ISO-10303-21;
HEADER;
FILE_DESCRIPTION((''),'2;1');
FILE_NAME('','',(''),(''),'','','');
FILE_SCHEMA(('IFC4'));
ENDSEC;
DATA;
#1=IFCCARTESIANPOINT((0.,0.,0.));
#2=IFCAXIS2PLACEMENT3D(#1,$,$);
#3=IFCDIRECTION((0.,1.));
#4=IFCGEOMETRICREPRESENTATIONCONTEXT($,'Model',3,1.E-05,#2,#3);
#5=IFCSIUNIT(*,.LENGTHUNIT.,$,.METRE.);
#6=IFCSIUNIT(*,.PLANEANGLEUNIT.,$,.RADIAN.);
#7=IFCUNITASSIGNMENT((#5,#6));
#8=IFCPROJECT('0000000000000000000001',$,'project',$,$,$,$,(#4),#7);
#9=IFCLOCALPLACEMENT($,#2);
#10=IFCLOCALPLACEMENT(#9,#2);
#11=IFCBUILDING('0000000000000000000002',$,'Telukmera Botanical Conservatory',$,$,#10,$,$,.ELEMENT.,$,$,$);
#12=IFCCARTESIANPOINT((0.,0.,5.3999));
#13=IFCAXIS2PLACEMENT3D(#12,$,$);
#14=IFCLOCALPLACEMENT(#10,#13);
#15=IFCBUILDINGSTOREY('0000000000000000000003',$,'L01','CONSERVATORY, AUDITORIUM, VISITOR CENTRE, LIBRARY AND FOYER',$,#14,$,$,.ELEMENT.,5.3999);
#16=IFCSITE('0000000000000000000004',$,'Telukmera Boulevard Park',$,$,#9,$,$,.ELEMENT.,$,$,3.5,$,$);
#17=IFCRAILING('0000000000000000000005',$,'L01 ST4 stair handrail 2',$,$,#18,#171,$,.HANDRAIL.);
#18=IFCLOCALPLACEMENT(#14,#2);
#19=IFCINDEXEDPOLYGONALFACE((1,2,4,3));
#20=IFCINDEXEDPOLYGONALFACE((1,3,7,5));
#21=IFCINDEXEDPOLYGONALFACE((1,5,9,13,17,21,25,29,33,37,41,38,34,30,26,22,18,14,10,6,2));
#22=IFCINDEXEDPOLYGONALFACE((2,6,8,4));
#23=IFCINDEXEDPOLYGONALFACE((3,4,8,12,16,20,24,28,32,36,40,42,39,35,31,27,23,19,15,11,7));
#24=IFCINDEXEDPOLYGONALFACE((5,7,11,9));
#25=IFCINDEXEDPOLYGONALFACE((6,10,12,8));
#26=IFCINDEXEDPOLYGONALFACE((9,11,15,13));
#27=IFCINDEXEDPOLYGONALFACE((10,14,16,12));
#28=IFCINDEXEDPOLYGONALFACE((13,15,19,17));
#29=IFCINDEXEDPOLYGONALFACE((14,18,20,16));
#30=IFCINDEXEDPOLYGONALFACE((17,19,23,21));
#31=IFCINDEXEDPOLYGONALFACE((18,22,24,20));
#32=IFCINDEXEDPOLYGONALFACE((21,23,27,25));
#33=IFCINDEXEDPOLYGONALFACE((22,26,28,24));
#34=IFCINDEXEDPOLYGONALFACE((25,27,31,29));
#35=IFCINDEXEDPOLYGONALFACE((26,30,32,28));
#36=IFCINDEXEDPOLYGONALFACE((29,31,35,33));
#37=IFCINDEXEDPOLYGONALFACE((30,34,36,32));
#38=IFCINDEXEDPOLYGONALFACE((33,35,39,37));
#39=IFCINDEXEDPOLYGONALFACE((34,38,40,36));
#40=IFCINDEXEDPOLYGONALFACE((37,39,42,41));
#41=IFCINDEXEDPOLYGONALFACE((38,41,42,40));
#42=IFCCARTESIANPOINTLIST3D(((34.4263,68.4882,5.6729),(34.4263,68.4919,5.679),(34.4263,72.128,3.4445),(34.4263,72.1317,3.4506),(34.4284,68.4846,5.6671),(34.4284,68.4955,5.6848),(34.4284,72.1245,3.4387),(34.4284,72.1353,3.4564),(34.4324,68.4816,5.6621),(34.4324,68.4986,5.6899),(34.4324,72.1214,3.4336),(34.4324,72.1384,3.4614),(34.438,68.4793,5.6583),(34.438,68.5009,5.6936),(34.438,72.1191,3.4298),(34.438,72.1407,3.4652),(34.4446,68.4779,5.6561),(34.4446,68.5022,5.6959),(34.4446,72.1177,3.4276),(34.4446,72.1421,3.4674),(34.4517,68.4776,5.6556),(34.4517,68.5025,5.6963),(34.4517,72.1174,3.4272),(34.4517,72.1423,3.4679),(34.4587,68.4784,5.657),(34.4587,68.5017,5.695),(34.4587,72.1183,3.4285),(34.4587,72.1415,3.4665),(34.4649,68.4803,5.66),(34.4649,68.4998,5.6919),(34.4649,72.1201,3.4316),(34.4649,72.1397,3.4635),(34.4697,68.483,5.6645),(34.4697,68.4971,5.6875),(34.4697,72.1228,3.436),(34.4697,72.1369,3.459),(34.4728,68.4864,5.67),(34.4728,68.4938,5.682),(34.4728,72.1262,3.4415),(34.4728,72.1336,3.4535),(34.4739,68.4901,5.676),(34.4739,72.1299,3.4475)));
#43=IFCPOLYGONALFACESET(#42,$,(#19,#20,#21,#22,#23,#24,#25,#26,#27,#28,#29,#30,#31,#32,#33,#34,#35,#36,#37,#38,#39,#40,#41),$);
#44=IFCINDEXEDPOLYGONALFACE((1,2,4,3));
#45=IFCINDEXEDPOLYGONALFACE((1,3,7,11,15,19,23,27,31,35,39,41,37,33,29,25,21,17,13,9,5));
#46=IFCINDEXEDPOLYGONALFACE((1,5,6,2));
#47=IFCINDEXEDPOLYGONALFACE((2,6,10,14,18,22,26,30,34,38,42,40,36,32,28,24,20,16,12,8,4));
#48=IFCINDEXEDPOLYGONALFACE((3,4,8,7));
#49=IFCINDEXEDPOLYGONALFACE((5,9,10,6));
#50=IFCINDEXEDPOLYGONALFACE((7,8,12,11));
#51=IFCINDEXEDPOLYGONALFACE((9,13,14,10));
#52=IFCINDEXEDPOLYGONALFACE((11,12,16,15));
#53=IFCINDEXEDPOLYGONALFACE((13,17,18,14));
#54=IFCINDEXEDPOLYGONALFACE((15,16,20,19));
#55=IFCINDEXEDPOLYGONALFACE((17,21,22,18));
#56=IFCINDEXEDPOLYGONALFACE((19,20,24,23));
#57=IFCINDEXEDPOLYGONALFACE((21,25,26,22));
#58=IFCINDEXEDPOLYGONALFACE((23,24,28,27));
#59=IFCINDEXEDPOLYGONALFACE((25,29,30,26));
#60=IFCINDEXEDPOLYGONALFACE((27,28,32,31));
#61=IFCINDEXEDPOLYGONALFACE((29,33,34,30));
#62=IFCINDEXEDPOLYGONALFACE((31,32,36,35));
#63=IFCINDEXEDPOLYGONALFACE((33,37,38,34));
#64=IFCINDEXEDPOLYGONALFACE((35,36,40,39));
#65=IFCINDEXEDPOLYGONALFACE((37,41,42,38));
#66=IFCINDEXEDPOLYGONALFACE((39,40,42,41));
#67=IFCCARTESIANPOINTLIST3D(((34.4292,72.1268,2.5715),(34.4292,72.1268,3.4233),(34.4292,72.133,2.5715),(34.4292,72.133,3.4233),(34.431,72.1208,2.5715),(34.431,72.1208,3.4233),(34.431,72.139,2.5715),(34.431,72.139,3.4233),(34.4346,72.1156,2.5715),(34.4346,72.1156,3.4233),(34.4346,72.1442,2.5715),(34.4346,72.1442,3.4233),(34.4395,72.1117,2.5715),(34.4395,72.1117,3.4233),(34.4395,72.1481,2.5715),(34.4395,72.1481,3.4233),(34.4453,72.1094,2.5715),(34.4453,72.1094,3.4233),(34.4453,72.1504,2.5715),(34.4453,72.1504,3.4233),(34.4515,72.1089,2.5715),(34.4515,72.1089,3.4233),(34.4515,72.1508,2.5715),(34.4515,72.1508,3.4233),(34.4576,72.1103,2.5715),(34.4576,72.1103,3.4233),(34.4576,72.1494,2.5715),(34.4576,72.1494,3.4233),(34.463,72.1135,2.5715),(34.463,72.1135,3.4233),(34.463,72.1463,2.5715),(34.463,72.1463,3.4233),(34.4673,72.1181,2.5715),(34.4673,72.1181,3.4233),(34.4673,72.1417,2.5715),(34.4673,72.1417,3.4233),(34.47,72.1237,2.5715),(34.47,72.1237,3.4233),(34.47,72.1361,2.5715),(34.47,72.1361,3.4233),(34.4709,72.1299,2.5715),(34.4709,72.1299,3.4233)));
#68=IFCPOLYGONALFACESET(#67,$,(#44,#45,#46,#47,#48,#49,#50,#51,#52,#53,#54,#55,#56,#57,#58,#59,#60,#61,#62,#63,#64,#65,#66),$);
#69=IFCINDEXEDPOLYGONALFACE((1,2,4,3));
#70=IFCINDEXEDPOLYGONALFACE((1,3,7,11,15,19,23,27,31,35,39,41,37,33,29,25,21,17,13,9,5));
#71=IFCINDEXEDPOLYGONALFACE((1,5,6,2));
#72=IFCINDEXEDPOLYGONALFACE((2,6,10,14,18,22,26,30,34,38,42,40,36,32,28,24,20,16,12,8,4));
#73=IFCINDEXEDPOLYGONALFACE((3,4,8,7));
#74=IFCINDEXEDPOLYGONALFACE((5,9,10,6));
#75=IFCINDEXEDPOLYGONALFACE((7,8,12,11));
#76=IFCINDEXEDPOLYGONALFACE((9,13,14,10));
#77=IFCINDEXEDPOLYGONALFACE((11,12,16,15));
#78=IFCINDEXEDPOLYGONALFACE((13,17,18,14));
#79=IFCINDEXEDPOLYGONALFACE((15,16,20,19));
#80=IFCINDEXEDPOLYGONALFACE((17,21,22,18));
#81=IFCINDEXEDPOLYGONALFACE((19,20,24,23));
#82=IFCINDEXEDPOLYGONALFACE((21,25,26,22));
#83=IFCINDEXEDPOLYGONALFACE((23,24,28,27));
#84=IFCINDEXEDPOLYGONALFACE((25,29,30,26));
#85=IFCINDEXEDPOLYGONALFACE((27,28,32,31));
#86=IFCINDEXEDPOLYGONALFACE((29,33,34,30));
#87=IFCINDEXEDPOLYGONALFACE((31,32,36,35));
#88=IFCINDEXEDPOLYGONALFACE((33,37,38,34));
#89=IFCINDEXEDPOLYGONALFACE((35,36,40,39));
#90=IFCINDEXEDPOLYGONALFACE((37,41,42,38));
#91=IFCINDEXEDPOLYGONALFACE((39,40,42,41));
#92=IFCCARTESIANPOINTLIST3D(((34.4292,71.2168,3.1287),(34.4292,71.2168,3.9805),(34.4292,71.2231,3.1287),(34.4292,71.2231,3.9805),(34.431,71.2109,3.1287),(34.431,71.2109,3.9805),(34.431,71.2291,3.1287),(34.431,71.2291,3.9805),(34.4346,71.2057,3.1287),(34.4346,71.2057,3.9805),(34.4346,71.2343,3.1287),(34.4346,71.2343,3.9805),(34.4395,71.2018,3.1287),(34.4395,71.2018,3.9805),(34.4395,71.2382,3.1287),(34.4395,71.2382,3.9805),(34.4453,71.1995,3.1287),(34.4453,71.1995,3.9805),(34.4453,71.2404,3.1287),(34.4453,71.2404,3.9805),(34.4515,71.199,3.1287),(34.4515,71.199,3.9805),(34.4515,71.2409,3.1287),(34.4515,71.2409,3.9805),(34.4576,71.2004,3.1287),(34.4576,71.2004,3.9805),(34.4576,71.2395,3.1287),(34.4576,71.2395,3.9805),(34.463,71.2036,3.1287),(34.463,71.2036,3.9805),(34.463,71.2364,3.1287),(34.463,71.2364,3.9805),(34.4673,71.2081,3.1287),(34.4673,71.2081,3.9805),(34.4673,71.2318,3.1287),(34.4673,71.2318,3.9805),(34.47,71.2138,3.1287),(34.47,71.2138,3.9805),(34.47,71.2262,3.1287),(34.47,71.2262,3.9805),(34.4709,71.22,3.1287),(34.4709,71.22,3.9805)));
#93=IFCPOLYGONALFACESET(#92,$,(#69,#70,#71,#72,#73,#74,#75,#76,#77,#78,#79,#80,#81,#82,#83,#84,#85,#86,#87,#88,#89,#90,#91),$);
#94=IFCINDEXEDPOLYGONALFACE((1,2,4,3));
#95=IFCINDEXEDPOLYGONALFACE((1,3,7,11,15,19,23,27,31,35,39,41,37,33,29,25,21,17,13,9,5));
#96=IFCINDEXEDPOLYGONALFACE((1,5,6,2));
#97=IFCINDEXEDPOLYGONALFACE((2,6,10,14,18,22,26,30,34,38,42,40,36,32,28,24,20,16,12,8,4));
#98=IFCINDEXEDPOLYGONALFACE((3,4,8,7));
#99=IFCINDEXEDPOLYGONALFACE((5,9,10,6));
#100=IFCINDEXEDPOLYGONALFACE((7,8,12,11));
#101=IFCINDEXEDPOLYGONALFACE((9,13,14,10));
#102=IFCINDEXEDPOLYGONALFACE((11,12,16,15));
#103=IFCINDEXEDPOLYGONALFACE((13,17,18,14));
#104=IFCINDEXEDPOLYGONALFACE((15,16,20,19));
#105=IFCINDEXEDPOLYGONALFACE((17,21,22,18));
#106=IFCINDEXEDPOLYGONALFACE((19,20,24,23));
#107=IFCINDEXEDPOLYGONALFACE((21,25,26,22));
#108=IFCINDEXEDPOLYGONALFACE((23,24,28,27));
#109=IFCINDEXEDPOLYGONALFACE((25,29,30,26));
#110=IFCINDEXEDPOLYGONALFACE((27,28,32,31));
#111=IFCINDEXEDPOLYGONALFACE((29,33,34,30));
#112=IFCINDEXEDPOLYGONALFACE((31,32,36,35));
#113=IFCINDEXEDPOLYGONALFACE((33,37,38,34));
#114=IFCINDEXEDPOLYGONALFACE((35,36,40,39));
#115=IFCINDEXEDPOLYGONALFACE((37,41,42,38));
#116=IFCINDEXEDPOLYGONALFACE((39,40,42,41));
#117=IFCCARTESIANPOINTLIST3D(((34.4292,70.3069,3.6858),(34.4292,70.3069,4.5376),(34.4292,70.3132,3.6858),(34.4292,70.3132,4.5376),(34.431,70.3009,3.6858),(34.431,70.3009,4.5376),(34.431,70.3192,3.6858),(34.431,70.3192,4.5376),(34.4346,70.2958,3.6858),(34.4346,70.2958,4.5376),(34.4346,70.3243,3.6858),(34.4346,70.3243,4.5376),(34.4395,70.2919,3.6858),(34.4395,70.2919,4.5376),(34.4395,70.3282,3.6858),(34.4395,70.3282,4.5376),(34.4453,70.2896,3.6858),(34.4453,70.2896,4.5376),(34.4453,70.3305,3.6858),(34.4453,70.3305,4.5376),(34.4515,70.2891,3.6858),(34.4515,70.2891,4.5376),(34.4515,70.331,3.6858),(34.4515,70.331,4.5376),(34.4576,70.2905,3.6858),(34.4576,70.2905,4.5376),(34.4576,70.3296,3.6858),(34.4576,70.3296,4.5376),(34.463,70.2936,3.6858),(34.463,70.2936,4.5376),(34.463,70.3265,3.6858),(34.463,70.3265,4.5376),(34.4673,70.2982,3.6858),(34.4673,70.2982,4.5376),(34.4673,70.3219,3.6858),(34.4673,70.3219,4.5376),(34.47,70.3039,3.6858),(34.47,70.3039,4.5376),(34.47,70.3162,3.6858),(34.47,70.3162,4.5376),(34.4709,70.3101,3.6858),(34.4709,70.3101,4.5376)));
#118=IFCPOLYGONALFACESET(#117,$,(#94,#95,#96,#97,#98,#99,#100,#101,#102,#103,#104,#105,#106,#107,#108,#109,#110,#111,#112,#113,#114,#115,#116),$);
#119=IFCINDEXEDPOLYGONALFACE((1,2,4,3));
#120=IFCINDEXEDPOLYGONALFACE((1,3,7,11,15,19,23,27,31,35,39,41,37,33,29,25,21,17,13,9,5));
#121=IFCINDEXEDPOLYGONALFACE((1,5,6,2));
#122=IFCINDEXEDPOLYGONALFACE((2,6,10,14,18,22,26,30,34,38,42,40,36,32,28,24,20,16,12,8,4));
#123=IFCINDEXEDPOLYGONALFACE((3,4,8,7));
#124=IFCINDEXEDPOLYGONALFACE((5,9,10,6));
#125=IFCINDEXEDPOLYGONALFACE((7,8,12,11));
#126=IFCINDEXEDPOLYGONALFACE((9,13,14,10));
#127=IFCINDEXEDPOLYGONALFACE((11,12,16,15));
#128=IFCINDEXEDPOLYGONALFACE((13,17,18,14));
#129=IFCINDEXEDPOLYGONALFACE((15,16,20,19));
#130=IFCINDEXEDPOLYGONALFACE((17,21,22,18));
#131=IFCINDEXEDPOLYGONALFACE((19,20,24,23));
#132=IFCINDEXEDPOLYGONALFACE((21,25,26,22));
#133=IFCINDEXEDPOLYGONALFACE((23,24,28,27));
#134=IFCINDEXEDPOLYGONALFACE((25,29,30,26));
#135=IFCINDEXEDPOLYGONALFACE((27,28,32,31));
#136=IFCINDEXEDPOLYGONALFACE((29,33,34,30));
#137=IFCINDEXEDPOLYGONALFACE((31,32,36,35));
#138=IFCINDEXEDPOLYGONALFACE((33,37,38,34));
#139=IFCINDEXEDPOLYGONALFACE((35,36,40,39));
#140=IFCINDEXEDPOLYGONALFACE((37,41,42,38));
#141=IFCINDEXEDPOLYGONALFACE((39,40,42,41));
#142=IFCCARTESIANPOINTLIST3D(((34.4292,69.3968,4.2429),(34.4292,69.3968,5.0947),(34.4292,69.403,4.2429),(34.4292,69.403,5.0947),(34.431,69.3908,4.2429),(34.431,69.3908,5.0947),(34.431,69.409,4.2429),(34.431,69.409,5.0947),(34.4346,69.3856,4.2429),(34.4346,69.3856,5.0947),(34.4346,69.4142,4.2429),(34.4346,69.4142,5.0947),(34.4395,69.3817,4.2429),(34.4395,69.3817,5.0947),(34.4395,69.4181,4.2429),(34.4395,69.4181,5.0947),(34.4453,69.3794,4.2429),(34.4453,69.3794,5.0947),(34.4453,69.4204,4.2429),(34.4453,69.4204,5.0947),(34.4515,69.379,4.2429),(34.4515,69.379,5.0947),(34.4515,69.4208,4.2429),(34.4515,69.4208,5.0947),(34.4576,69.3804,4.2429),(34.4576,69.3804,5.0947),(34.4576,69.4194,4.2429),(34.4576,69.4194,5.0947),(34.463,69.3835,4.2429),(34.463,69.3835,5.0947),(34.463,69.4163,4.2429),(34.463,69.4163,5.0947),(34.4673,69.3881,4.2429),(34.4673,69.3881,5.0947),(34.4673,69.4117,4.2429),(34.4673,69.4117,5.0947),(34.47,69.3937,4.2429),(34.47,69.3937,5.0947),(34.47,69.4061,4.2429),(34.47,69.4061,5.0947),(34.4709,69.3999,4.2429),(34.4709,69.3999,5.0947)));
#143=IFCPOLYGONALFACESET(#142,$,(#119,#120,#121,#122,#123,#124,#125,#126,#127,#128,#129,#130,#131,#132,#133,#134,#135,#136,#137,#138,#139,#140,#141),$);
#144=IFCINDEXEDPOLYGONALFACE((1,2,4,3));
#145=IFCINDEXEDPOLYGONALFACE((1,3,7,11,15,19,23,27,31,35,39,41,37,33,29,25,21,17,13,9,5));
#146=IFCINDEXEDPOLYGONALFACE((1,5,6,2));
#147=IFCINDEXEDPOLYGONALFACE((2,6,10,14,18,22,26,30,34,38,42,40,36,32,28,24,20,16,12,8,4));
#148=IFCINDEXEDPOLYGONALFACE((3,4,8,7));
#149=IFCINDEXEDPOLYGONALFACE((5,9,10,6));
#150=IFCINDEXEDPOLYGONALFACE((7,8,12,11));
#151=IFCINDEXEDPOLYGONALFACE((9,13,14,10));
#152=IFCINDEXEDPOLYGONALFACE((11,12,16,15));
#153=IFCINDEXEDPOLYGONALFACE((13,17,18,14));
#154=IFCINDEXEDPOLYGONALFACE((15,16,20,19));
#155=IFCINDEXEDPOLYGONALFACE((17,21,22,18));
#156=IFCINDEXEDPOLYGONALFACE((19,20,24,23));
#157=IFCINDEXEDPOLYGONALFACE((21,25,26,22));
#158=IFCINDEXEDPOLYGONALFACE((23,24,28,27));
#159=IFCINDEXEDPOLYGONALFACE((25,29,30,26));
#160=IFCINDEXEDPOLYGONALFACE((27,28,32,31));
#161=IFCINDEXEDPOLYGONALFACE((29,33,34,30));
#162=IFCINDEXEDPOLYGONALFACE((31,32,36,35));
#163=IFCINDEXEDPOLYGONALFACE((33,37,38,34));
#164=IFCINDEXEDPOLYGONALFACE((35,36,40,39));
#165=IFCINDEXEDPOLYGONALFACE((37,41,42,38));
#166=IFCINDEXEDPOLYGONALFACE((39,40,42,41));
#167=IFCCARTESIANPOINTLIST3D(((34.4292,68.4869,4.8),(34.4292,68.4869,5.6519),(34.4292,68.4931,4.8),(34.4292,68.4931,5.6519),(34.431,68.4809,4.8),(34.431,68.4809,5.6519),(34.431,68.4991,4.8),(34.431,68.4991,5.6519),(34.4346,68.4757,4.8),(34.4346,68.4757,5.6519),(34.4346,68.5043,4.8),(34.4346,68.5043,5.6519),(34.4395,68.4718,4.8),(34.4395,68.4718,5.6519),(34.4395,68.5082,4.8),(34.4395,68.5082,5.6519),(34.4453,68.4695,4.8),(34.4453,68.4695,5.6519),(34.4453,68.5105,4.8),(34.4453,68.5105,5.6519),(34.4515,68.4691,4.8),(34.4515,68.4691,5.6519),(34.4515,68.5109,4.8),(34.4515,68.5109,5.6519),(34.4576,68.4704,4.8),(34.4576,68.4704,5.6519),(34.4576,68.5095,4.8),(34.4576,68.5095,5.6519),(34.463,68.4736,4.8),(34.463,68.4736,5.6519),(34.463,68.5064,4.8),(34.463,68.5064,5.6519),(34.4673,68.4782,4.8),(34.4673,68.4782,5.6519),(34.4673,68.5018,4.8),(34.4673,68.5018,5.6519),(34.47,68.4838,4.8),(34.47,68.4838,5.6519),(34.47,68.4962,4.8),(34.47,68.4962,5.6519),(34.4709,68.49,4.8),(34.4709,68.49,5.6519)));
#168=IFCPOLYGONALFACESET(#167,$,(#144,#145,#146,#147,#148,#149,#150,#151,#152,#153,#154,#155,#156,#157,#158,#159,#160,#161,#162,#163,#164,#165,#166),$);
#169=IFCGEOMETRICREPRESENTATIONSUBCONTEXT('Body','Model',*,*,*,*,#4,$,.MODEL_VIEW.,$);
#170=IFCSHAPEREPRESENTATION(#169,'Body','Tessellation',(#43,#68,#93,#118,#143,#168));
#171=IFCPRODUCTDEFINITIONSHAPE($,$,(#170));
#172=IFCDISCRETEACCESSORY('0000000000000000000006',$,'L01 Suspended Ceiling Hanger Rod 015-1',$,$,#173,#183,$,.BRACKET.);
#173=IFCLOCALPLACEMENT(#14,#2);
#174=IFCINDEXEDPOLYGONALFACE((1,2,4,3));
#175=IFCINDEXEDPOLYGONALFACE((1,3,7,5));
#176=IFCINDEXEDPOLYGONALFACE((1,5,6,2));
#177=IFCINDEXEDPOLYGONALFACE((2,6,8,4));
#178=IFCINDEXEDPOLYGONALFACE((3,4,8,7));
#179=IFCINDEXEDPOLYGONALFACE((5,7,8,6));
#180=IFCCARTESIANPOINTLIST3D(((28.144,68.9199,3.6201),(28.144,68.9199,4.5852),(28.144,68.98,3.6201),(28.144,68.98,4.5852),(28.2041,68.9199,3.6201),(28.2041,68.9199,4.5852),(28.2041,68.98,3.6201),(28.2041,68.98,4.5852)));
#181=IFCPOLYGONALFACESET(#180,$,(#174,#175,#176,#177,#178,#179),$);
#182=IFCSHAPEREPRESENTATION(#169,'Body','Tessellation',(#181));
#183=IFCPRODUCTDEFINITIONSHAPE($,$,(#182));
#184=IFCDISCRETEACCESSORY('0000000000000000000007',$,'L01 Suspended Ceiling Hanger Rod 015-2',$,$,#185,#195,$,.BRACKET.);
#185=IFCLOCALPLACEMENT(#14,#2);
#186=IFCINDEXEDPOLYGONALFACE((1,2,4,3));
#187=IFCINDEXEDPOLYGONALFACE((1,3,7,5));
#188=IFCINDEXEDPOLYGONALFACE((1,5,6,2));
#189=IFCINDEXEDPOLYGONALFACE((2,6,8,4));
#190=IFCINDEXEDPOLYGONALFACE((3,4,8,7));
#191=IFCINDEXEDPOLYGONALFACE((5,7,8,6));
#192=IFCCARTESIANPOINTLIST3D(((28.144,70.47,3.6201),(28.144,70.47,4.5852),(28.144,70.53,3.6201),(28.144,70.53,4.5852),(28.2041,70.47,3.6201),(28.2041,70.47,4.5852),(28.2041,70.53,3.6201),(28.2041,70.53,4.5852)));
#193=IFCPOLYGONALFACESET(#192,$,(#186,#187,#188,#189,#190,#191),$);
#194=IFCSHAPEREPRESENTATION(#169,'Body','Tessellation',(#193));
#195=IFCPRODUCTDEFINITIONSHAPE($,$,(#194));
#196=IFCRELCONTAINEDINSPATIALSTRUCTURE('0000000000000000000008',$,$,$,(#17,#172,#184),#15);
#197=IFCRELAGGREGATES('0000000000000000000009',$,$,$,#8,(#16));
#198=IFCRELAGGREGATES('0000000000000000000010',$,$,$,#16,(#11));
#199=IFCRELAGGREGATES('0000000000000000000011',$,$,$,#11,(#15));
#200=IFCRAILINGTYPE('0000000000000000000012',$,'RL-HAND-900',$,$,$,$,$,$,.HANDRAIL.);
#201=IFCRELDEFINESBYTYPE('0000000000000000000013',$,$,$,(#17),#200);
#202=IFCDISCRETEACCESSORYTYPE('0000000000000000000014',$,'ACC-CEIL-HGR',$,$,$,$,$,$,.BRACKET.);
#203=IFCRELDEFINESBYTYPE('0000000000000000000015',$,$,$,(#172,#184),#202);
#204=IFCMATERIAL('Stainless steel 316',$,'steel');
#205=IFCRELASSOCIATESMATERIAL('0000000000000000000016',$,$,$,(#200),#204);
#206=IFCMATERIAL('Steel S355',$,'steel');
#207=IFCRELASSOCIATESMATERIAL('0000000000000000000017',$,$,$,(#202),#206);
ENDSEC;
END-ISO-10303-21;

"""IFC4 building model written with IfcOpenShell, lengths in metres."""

from ifc_helpers import new_model, si_unit, direction, frame, origin, origin_2d, place, context, subcontext, project, spatial, rectangle, circle, extrude, material, type_object, element, save


model = new_model("IFC4")

# Units and contexts
model_context = context("Model", 3, precision=1e-05, world=origin(), true_north=direction((0.0, 1.0)))
body_context = subcontext(model_context, "Body", "Model", "MODEL_VIEW")
ifc_project = project(units=[si_unit("LENGTHUNIT", "METRE"), si_unit("PLANEANGLEUNIT", "RADIAN")], contexts=[model_context])

# Site, building, storey
site_placement = place(None, origin())
site = spatial("IfcSite", under=ifc_project, at=site_placement, Name="Telukmera Boulevard Park", CompositionType="ELEMENT", RefElevation=3.5)
building_placement = place(site_placement, origin())
building = spatial("IfcBuilding", under=site, at=building_placement, Name="Telukmera Botanical Conservatory", CompositionType="ELEMENT")
storey_placement = place(building_placement, frame((0.0, 0.0, 5.3999)))
storey = spatial("IfcBuildingStorey", under=building, at=storey_placement, Name="L01", Description="CONSERVATORY, AUDITORIUM, VISITOR CENTRE, LIBRARY AND FOYER", CompositionType="ELEMENT", Elevation=5.3999)

# Railing
ifc_material_1 = material(Name="Stainless steel 316", Category="steel")
railing_type = type_object("IfcRailingType", Name="RL-HAND-900", PredefinedType="HANDRAIL", material=ifc_material_1)
railing_placement = place(storey_placement, frame((34.45, 72.1299, 2.5715)))
element("IfcRailing", 1, at=railing_placement, inside=storey, type_object=railing_type, Name="L01 ST4 stair handrail 2", PredefinedType="HANDRAIL", context=body_context, shape_type="SweptSolid", body=[
    extrude(circle(Radius=0.0239, at=origin_2d()), frame((0.0, 0.0, 0.876), z_axis=(0.0, -0.85285, 0.522156), x_axis=(1.0, 0.0, 0.0)), (0.0, 0.0, 1.0), 4.2678),
    extrude(circle(Radius=0.021, at=origin_2d()), origin(), (0.0, 0.0, 1.0), 0.8518),
    extrude(circle(Radius=0.021, at=origin_2d()), frame((0.0, -0.9099, 0.5571)), (0.0, 0.0, 1.0), 0.8518),
    extrude(circle(Radius=0.021, at=origin_2d()), frame((0.0, -1.8198, 1.1143)), (0.0, 0.0, 1.0), 0.8518),
    extrude(circle(Radius=0.021, at=origin_2d()), frame((0.0, -2.73, 1.6714)), (0.0, 0.0, 1.0), 0.8518),
    extrude(circle(Radius=0.021, at=origin_2d()), frame((0.0, -3.6399, 2.2285)), (0.0, 0.0, 1.0), 0.8518),
])

# Discrete accessories
ifc_material_2 = material(Name="Steel S355", Category="steel")
discrete_accessory_type = type_object("IfcDiscreteAccessoryType", Name="ACC-CEIL-HGR", PredefinedType="BRACKET", material=ifc_material_2)
for number, where, z_axis, x_axis, name in (
    (2, (28.1741, 68.95, 3.6201), (0.0, 0.0, 1.0), (1.0, 0.0, 0.0), "L01 Suspended Ceiling Hanger Rod 015-1"),
    (3, (28.1741, 70.5, 3.6201), (0.0, 0.0, 1.0), (1.0, 0.0, 0.0), "L01 Suspended Ceiling Hanger Rod 015-2"),
):
    element("IfcDiscreteAccessory", number, at=place(storey_placement, frame(where, z_axis=z_axis, x_axis=x_axis)), inside=storey, type_object=discrete_accessory_type, Name=name, PredefinedType="BRACKET", context=body_context, shape_type="SweptSolid", body=[
        extrude(rectangle(XDim=0.0601, YDim=0.0601, at=origin_2d()), origin(), (0.0, 0.0, 1.0), 0.9651),
    ])

save(model, "model.ifc")
